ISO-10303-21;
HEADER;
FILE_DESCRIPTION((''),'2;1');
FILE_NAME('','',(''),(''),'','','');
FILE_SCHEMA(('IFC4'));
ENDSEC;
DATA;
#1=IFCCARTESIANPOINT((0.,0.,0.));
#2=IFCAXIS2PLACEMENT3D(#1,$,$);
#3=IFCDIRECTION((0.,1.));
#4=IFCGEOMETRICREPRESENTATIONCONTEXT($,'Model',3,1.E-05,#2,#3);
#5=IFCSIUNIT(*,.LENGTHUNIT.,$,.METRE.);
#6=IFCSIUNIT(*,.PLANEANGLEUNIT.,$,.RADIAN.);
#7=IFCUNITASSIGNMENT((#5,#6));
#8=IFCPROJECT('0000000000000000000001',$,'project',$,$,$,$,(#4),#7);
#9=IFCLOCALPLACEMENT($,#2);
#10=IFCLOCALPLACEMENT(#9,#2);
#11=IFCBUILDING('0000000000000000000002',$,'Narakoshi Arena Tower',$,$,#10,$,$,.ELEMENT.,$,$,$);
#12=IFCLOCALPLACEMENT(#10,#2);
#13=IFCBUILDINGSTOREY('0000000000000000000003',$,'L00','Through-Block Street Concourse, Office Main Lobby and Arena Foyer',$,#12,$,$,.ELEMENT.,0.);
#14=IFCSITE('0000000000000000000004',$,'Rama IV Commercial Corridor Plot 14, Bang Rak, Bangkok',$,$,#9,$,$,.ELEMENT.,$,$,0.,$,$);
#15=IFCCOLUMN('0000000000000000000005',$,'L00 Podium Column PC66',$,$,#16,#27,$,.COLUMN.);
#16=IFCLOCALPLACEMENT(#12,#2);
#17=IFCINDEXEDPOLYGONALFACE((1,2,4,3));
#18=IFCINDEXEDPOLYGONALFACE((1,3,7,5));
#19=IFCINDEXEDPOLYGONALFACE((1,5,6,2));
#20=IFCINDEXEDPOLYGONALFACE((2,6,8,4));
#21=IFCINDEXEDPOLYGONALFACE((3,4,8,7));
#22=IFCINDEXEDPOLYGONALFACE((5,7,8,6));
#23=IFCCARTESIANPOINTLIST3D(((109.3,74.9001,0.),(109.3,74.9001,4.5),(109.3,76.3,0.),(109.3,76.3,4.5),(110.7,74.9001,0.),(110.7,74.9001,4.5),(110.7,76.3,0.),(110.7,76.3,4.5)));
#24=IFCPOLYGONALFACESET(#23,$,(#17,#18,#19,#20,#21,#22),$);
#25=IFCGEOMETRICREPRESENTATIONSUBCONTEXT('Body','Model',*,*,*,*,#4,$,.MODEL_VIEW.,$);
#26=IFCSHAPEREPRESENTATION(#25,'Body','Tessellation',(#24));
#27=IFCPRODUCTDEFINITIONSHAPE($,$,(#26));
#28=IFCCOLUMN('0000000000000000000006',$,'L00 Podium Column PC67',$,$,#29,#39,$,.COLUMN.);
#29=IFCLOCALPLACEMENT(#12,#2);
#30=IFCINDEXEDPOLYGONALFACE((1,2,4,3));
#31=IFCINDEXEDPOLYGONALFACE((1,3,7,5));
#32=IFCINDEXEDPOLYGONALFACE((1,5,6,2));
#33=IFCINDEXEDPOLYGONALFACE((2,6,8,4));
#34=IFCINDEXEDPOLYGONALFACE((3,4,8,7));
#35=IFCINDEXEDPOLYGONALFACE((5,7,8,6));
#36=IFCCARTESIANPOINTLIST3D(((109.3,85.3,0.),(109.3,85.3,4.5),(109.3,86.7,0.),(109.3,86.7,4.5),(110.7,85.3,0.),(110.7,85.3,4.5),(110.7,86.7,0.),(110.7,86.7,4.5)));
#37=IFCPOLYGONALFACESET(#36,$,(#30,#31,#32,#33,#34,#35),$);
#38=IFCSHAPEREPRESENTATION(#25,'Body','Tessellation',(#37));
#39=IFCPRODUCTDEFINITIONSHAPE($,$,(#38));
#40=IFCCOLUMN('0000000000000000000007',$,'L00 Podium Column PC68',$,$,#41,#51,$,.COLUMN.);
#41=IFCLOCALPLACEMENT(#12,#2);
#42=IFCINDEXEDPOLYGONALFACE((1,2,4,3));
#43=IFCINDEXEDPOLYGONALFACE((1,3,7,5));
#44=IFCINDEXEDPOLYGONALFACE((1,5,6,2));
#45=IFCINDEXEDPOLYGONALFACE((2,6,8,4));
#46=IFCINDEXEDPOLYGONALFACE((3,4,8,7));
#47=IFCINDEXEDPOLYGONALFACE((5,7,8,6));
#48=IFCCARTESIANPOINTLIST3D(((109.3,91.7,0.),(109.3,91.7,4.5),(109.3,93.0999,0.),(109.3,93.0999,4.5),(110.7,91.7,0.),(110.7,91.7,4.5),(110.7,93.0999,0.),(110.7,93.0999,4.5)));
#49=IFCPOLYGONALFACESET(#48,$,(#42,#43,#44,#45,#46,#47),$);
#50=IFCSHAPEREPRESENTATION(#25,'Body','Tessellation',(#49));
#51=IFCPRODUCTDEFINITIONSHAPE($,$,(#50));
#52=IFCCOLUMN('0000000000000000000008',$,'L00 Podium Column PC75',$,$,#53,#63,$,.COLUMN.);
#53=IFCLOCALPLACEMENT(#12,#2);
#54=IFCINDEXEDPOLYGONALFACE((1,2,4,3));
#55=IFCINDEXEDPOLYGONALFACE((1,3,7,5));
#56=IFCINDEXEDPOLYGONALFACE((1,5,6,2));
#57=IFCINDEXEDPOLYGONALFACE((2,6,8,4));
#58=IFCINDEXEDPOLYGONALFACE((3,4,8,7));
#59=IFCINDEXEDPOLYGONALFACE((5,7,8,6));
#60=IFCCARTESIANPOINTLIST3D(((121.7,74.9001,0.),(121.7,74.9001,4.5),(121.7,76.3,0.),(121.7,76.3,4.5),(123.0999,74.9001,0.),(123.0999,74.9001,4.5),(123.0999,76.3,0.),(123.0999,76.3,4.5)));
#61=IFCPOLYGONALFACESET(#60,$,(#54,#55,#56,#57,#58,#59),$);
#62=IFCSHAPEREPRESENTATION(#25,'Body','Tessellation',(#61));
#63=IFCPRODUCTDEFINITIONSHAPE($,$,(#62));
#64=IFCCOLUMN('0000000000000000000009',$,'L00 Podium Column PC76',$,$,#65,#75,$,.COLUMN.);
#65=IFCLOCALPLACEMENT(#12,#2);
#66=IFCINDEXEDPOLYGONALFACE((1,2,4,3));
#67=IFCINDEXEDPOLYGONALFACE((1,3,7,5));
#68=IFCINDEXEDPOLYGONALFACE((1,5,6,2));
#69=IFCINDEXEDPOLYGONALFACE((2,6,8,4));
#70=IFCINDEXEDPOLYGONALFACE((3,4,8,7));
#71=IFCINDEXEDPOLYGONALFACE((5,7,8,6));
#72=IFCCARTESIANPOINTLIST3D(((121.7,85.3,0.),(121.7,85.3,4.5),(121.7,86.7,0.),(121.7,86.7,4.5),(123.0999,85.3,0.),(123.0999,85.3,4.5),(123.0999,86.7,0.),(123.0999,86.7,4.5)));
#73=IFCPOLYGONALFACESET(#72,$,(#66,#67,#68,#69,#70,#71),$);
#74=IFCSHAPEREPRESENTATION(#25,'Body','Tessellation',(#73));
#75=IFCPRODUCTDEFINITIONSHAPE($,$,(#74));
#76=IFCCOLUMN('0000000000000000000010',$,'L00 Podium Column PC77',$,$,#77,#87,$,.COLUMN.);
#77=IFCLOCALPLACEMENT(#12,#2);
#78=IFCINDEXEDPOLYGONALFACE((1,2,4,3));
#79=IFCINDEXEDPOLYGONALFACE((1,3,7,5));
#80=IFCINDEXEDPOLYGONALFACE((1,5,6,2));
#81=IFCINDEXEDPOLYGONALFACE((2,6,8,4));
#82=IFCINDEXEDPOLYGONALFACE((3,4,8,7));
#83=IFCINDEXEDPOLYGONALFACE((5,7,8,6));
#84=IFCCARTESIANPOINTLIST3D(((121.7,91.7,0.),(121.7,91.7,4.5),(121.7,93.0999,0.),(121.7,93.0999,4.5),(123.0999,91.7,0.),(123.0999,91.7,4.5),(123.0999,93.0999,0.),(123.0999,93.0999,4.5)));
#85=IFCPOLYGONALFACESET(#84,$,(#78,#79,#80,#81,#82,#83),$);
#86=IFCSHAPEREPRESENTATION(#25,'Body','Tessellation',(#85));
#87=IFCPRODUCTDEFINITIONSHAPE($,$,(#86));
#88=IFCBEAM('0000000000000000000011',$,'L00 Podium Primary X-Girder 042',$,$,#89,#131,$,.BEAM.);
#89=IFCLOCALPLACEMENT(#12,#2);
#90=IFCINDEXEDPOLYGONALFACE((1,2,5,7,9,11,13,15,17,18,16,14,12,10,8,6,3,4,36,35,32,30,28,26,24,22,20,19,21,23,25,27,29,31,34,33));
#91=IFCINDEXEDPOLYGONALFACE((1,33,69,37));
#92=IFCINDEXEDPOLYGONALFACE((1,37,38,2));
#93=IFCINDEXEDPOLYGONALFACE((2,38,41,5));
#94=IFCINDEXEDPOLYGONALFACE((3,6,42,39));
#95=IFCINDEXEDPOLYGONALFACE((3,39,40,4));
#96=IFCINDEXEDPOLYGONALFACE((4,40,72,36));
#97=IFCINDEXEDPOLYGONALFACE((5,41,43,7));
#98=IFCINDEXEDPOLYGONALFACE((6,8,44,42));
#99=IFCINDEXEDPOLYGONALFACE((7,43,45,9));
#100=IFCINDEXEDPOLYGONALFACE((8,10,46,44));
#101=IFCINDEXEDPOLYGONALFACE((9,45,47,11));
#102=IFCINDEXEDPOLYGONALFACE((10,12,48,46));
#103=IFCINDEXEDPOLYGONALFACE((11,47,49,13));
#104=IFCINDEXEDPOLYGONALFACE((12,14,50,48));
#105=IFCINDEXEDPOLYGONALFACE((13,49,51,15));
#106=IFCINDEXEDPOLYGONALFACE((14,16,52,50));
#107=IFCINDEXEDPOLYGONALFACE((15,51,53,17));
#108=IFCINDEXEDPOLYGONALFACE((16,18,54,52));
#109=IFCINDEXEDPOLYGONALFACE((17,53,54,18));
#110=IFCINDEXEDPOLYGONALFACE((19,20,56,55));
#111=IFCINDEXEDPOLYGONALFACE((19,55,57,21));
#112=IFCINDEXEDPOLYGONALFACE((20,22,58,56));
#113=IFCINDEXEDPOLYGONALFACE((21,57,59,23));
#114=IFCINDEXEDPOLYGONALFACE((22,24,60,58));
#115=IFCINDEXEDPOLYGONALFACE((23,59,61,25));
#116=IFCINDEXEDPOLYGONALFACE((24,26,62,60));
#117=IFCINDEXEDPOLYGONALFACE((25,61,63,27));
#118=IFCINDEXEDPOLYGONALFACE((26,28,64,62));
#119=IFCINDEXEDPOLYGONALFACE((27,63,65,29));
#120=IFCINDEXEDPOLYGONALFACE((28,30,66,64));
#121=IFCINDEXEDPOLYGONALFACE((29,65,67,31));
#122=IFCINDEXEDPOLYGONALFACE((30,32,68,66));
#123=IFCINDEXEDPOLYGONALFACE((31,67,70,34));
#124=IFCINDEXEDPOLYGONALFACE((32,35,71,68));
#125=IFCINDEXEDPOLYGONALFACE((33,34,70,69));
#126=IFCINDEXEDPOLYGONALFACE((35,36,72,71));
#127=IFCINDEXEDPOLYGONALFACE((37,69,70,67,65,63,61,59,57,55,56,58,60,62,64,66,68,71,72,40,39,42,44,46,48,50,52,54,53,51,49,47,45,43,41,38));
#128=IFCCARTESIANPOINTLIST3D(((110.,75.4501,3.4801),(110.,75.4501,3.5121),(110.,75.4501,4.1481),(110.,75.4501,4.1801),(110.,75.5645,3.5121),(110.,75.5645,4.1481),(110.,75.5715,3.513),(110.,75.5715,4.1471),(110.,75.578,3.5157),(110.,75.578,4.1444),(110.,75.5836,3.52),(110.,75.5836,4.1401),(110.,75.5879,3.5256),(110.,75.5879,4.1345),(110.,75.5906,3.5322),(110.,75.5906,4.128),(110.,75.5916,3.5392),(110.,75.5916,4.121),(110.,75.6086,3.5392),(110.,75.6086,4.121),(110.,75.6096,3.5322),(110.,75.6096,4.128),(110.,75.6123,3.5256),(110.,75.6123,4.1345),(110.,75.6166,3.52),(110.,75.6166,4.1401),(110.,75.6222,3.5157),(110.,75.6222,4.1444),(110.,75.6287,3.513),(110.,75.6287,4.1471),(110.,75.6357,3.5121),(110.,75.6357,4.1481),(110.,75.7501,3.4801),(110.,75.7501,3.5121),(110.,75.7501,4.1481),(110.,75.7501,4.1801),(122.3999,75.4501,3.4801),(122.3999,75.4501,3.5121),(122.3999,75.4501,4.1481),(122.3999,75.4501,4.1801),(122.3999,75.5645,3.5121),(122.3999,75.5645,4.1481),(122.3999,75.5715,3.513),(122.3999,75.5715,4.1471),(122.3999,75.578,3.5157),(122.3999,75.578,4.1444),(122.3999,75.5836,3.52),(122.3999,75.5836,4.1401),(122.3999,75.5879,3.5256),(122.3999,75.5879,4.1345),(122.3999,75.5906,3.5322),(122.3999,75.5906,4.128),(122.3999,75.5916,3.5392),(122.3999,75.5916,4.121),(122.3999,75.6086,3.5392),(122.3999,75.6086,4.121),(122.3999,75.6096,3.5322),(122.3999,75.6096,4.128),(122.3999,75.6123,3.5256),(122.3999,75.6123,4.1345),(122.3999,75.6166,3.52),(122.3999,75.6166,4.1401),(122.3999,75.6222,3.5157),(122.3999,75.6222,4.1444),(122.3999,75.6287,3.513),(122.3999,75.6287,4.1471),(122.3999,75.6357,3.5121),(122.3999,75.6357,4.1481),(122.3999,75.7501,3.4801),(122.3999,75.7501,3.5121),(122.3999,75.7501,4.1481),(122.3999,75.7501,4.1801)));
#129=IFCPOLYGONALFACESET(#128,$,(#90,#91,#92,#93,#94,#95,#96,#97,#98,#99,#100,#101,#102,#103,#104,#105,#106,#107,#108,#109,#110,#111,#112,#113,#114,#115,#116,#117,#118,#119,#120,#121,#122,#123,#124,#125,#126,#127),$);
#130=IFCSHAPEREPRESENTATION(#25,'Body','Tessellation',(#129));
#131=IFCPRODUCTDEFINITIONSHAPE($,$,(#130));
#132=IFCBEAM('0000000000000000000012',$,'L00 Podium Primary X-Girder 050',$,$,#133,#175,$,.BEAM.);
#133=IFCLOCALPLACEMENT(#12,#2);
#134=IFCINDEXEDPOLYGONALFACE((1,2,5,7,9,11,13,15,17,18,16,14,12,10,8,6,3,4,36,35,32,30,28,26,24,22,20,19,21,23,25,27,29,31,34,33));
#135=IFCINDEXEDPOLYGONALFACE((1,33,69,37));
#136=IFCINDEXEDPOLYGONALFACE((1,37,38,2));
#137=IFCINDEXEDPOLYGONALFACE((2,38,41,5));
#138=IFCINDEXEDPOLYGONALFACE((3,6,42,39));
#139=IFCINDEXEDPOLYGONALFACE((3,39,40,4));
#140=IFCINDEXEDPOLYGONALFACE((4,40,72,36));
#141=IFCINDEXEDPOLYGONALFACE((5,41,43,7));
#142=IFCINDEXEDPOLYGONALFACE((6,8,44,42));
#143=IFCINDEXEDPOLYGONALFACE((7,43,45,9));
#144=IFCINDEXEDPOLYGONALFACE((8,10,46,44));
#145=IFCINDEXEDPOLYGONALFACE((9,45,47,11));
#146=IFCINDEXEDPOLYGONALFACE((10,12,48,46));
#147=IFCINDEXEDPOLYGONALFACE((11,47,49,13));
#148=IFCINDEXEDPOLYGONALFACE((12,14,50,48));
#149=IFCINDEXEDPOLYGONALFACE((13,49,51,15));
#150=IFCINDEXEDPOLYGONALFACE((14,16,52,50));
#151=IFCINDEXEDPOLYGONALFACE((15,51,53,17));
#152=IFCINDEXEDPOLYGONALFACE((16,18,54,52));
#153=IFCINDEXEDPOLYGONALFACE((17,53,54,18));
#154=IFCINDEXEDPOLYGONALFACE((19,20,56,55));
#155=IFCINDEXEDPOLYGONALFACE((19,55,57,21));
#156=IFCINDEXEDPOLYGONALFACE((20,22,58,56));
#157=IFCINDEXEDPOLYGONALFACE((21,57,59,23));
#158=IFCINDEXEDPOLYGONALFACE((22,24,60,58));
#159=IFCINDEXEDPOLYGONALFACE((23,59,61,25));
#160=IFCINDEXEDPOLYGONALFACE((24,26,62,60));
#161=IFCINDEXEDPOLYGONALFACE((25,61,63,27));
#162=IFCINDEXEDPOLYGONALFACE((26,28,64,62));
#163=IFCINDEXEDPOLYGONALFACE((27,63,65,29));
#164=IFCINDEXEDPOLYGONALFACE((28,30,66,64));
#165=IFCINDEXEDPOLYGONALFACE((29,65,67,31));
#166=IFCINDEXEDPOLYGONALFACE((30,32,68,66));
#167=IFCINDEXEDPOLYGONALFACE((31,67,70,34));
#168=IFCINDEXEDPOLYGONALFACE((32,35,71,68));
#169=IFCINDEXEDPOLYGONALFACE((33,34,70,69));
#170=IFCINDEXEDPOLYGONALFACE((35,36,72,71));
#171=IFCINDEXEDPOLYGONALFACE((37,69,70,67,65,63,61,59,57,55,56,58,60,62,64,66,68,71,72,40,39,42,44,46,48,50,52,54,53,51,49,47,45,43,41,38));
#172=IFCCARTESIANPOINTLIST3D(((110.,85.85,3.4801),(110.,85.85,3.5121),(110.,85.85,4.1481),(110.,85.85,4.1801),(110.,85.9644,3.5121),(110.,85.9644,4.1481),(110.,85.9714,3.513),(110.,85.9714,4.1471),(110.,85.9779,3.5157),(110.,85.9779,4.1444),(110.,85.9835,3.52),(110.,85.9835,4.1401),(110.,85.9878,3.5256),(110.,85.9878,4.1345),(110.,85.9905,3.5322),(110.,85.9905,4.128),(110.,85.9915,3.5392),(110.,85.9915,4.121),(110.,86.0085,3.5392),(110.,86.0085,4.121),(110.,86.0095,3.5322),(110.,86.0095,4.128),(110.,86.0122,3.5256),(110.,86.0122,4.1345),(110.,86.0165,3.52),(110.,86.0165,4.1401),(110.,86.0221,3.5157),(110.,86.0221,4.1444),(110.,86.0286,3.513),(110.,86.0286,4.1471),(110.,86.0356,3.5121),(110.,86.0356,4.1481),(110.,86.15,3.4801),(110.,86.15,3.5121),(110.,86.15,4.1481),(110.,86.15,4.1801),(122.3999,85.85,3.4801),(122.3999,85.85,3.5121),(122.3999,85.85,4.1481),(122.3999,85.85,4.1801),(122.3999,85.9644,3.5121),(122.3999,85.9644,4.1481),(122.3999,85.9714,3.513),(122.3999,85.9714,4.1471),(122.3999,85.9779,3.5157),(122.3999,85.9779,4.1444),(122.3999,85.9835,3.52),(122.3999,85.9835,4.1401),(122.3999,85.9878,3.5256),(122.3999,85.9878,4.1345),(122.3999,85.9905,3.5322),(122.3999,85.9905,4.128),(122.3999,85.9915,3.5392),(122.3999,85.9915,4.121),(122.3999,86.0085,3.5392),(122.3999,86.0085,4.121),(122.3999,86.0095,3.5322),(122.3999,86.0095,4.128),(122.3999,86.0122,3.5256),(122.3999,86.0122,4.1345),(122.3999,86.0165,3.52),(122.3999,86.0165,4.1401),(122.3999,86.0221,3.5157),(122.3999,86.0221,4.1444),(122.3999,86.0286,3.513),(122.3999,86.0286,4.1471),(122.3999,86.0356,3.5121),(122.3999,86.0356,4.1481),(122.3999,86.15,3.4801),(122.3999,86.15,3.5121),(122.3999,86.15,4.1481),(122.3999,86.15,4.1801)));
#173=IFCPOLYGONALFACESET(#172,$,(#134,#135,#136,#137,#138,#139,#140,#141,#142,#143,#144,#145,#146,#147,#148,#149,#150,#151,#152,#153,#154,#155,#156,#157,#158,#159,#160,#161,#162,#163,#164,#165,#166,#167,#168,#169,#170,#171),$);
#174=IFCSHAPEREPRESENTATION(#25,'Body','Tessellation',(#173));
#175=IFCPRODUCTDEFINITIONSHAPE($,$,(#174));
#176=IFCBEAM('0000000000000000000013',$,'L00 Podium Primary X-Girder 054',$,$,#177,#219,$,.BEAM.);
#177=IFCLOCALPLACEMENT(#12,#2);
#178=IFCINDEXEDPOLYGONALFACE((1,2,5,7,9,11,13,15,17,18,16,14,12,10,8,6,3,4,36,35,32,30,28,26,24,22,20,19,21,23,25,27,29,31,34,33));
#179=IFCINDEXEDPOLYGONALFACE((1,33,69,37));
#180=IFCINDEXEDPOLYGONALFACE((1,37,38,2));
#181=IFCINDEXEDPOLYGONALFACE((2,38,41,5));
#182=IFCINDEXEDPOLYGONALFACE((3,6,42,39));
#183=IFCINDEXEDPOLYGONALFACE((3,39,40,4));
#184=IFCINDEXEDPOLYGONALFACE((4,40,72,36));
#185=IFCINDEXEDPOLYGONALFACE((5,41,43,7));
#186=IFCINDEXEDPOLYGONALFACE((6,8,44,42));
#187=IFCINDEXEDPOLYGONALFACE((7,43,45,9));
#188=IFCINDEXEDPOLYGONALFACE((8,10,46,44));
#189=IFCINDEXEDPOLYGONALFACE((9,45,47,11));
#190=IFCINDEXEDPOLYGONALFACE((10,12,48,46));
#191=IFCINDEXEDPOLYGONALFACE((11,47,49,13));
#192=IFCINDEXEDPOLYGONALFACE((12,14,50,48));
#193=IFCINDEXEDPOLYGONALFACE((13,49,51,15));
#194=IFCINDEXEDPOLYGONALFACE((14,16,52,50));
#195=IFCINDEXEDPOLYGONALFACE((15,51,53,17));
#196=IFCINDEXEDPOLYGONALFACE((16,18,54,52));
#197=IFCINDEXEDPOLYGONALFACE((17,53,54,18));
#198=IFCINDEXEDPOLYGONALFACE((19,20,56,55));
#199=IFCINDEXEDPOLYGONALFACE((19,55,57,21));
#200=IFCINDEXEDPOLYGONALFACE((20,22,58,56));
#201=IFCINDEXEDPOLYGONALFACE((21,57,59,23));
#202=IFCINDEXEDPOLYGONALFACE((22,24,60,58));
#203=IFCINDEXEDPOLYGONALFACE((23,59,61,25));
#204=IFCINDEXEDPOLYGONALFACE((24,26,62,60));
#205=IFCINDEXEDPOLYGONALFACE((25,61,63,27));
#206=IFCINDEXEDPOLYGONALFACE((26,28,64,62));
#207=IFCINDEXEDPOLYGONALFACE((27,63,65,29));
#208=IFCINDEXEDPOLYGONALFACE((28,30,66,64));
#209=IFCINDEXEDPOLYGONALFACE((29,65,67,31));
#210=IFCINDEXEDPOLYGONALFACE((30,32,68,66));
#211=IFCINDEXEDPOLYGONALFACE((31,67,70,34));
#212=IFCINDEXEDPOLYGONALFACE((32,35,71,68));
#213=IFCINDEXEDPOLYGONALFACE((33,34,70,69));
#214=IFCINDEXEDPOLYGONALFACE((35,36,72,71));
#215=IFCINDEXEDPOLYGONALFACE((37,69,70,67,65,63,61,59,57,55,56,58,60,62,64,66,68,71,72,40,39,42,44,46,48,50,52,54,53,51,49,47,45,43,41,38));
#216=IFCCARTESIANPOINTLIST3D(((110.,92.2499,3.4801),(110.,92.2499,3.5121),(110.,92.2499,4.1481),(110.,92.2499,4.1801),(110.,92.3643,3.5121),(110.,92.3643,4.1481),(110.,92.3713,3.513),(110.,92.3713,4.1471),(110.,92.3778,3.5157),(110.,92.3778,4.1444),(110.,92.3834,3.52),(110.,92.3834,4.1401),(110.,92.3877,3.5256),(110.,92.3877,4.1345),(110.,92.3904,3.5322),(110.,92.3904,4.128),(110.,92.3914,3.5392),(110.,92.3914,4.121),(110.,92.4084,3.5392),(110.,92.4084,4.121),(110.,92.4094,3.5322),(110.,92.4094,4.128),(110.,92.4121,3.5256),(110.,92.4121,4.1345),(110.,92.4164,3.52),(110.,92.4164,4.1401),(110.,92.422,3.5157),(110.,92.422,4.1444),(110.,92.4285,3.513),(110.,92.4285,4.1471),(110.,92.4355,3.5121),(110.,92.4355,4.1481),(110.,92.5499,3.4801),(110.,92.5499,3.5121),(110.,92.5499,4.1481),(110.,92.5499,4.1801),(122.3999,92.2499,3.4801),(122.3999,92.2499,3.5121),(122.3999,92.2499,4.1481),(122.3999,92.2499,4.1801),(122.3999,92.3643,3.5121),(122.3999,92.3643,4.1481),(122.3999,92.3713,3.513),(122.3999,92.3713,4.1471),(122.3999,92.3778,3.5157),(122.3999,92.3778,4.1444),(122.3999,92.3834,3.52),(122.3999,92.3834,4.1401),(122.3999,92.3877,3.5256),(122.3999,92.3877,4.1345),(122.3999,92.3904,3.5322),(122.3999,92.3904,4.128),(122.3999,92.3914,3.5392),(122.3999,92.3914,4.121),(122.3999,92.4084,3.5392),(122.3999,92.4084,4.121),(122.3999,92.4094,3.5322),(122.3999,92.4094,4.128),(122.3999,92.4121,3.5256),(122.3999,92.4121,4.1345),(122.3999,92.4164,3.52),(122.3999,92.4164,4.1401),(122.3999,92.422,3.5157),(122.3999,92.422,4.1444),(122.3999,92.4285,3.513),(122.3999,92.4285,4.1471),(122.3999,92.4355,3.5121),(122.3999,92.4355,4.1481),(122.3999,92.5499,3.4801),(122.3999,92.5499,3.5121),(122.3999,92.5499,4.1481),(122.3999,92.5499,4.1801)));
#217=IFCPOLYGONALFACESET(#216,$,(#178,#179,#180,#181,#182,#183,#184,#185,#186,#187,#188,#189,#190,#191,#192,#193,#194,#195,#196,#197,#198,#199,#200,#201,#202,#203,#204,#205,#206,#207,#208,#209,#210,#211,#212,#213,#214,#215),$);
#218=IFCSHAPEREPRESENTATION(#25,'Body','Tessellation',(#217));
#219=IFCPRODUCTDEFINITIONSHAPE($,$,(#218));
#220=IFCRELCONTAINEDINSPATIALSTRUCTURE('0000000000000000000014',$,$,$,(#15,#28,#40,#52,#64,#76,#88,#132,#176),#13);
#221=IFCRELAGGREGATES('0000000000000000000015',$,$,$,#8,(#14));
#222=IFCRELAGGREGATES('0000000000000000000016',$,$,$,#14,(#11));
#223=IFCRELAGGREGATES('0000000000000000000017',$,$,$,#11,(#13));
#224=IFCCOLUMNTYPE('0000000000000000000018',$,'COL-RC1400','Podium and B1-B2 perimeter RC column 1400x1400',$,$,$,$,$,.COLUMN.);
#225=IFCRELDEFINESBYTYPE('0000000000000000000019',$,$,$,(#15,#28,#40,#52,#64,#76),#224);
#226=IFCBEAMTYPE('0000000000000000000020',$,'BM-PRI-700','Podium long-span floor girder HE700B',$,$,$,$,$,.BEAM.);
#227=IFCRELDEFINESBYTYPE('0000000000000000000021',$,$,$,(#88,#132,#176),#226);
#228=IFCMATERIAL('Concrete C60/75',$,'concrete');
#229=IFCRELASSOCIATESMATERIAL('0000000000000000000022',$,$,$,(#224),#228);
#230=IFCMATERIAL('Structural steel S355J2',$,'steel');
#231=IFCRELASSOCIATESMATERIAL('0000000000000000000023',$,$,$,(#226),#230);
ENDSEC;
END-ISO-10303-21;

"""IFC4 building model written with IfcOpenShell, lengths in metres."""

from ifc_helpers import new_model, si_unit, direction, frame, origin, origin_2d, place, context, subcontext, project, spatial, rectangle, i_section, extrude, material, material_profile, profile_set, type_object, element, save


model = new_model("IFC4")

# Units and contexts
model_context = context("Model", 3, precision=1e-05, world=origin(), true_north=direction((0.0, 1.0)))
body_context = subcontext(model_context, "Body", "Model", "MODEL_VIEW")
ifc_project = project(units=[si_unit("LENGTHUNIT", "METRE"), si_unit("PLANEANGLEUNIT", "RADIAN")], contexts=[model_context])

# Site, building, storey
site_placement = place(None, origin())
site = spatial("IfcSite", under=ifc_project, at=site_placement, Name="Rama IV Commercial Corridor Plot 14, Bang Rak, Bangkok", CompositionType="ELEMENT", RefElevation=0.0)
building_placement = place(site_placement, origin())
building = spatial("IfcBuilding", under=site, at=building_placement, Name="Narakoshi Arena Tower", CompositionType="ELEMENT")
storey_placement = place(building_placement, origin())
storey = spatial("IfcBuildingStorey", under=building, at=storey_placement, Name="L00", Description="Through-Block Street Concourse, Office Main Lobby and Arena Foyer", CompositionType="ELEMENT", Elevation=0.0)

# Columns
ifc_material_1 = material(Name="Concrete C60/75", Category="concrete")
ifc_material_profile_1 = material_profile(ifc_material_1, rectangle(XDim=1.3999, YDim=1.3999, at=origin_2d()), Name="RC1400x1400")
ifc_profile_set_1 = profile_set([ifc_material_profile_1], Name="Concrete C60/75")
column_type = type_object("IfcColumnType", Name="COL-RC1400", Description="Podium and B1-B2 perimeter RC column 1400x1400", PredefinedType="COLUMN", material=ifc_profile_set_1)
for number, where, z_axis, x_axis, name in (
    (1, (110.0, 75.6001, 0.0), (0.0, 0.0, 1.0), (1.0, 0.0, 0.0), "L00 Podium Column PC66"),
    (2, (110.0, 86.0, 0.0), (0.0, 0.0, 1.0), (1.0, 0.0, 0.0), "L00 Podium Column PC67"),
    (3, (110.0, 92.3999, 0.0), (0.0, 0.0, 1.0), (1.0, 0.0, 0.0), "L00 Podium Column PC68"),
    (4, (122.3999, 75.6001, 0.0), (0.0, 0.0, 1.0), (1.0, 0.0, 0.0), "L00 Podium Column PC75"),
    (5, (122.3999, 86.0, 0.0), (0.0, 0.0, 1.0), (1.0, 0.0, 0.0), "L00 Podium Column PC76"),
    (6, (122.3999, 92.3999, 0.0), (0.0, 0.0, 1.0), (1.0, 0.0, 0.0), "L00 Podium Column PC77"),
):
    element("IfcColumn", number, at=place(storey_placement, frame(where, z_axis=z_axis, x_axis=x_axis)), inside=storey, type_object=column_type, Name=name, PredefinedType="COLUMN", context=body_context, shape_type="SweptSolid", body=[
        extrude(rectangle(XDim=1.3999, YDim=1.3999, at=origin_2d()), origin(), (0.0, 0.0, 1.0), 4.5),
    ])

# Beams
ifc_material_2 = material(Name="Structural steel S355J2", Category="steel")
ifc_material_profile_2 = material_profile(ifc_material_2, i_section(OverallWidth=0.3, OverallDepth=0.7, WebThickness=0.0171, FlangeThickness=0.032, FilletRadius=0.0271, at=origin_2d()), Name="HE700B")
ifc_profile_set_2 = profile_set([ifc_material_profile_2], Name="Structural steel S355J2")
beam_type_1 = type_object("IfcBeamType", Name="BM-PRI-700", Description="Podium long-span floor girder HE700B", PredefinedType="BEAM", material=ifc_profile_set_2)
for number, where, z_axis, x_axis, name in (
    (7, (110.0, 75.6001, 3.8301), (1.0, 0.0, 0.0), (0.0, 1.0, 0.0), "L00 Podium Primary X-Girder 042"),
    (8, (110.0, 86.0, 3.8301), (1.0, 0.0, 0.0), (0.0, 1.0, 0.0), "L00 Podium Primary X-Girder 050"),
    (9, (110.0, 92.3999, 3.8301), (1.0, 0.0, 0.0), (0.0, 1.0, 0.0), "L00 Podium Primary X-Girder 054"),
):
    element("IfcBeam", number, at=place(storey_placement, frame(where, z_axis=z_axis, x_axis=x_axis)), inside=storey, type_object=beam_type_1, Name=name, PredefinedType="BEAM", context=body_context, shape_type="SweptSolid", body=[
        extrude(i_section(OverallWidth=0.3, OverallDepth=0.7, WebThickness=0.0171, FlangeThickness=0.032, FilletRadius=0.0271, at=origin_2d()), origin(), (0.0, 0.0, 1.0), 12.3999),
    ])

save(model, "model.ifc")
